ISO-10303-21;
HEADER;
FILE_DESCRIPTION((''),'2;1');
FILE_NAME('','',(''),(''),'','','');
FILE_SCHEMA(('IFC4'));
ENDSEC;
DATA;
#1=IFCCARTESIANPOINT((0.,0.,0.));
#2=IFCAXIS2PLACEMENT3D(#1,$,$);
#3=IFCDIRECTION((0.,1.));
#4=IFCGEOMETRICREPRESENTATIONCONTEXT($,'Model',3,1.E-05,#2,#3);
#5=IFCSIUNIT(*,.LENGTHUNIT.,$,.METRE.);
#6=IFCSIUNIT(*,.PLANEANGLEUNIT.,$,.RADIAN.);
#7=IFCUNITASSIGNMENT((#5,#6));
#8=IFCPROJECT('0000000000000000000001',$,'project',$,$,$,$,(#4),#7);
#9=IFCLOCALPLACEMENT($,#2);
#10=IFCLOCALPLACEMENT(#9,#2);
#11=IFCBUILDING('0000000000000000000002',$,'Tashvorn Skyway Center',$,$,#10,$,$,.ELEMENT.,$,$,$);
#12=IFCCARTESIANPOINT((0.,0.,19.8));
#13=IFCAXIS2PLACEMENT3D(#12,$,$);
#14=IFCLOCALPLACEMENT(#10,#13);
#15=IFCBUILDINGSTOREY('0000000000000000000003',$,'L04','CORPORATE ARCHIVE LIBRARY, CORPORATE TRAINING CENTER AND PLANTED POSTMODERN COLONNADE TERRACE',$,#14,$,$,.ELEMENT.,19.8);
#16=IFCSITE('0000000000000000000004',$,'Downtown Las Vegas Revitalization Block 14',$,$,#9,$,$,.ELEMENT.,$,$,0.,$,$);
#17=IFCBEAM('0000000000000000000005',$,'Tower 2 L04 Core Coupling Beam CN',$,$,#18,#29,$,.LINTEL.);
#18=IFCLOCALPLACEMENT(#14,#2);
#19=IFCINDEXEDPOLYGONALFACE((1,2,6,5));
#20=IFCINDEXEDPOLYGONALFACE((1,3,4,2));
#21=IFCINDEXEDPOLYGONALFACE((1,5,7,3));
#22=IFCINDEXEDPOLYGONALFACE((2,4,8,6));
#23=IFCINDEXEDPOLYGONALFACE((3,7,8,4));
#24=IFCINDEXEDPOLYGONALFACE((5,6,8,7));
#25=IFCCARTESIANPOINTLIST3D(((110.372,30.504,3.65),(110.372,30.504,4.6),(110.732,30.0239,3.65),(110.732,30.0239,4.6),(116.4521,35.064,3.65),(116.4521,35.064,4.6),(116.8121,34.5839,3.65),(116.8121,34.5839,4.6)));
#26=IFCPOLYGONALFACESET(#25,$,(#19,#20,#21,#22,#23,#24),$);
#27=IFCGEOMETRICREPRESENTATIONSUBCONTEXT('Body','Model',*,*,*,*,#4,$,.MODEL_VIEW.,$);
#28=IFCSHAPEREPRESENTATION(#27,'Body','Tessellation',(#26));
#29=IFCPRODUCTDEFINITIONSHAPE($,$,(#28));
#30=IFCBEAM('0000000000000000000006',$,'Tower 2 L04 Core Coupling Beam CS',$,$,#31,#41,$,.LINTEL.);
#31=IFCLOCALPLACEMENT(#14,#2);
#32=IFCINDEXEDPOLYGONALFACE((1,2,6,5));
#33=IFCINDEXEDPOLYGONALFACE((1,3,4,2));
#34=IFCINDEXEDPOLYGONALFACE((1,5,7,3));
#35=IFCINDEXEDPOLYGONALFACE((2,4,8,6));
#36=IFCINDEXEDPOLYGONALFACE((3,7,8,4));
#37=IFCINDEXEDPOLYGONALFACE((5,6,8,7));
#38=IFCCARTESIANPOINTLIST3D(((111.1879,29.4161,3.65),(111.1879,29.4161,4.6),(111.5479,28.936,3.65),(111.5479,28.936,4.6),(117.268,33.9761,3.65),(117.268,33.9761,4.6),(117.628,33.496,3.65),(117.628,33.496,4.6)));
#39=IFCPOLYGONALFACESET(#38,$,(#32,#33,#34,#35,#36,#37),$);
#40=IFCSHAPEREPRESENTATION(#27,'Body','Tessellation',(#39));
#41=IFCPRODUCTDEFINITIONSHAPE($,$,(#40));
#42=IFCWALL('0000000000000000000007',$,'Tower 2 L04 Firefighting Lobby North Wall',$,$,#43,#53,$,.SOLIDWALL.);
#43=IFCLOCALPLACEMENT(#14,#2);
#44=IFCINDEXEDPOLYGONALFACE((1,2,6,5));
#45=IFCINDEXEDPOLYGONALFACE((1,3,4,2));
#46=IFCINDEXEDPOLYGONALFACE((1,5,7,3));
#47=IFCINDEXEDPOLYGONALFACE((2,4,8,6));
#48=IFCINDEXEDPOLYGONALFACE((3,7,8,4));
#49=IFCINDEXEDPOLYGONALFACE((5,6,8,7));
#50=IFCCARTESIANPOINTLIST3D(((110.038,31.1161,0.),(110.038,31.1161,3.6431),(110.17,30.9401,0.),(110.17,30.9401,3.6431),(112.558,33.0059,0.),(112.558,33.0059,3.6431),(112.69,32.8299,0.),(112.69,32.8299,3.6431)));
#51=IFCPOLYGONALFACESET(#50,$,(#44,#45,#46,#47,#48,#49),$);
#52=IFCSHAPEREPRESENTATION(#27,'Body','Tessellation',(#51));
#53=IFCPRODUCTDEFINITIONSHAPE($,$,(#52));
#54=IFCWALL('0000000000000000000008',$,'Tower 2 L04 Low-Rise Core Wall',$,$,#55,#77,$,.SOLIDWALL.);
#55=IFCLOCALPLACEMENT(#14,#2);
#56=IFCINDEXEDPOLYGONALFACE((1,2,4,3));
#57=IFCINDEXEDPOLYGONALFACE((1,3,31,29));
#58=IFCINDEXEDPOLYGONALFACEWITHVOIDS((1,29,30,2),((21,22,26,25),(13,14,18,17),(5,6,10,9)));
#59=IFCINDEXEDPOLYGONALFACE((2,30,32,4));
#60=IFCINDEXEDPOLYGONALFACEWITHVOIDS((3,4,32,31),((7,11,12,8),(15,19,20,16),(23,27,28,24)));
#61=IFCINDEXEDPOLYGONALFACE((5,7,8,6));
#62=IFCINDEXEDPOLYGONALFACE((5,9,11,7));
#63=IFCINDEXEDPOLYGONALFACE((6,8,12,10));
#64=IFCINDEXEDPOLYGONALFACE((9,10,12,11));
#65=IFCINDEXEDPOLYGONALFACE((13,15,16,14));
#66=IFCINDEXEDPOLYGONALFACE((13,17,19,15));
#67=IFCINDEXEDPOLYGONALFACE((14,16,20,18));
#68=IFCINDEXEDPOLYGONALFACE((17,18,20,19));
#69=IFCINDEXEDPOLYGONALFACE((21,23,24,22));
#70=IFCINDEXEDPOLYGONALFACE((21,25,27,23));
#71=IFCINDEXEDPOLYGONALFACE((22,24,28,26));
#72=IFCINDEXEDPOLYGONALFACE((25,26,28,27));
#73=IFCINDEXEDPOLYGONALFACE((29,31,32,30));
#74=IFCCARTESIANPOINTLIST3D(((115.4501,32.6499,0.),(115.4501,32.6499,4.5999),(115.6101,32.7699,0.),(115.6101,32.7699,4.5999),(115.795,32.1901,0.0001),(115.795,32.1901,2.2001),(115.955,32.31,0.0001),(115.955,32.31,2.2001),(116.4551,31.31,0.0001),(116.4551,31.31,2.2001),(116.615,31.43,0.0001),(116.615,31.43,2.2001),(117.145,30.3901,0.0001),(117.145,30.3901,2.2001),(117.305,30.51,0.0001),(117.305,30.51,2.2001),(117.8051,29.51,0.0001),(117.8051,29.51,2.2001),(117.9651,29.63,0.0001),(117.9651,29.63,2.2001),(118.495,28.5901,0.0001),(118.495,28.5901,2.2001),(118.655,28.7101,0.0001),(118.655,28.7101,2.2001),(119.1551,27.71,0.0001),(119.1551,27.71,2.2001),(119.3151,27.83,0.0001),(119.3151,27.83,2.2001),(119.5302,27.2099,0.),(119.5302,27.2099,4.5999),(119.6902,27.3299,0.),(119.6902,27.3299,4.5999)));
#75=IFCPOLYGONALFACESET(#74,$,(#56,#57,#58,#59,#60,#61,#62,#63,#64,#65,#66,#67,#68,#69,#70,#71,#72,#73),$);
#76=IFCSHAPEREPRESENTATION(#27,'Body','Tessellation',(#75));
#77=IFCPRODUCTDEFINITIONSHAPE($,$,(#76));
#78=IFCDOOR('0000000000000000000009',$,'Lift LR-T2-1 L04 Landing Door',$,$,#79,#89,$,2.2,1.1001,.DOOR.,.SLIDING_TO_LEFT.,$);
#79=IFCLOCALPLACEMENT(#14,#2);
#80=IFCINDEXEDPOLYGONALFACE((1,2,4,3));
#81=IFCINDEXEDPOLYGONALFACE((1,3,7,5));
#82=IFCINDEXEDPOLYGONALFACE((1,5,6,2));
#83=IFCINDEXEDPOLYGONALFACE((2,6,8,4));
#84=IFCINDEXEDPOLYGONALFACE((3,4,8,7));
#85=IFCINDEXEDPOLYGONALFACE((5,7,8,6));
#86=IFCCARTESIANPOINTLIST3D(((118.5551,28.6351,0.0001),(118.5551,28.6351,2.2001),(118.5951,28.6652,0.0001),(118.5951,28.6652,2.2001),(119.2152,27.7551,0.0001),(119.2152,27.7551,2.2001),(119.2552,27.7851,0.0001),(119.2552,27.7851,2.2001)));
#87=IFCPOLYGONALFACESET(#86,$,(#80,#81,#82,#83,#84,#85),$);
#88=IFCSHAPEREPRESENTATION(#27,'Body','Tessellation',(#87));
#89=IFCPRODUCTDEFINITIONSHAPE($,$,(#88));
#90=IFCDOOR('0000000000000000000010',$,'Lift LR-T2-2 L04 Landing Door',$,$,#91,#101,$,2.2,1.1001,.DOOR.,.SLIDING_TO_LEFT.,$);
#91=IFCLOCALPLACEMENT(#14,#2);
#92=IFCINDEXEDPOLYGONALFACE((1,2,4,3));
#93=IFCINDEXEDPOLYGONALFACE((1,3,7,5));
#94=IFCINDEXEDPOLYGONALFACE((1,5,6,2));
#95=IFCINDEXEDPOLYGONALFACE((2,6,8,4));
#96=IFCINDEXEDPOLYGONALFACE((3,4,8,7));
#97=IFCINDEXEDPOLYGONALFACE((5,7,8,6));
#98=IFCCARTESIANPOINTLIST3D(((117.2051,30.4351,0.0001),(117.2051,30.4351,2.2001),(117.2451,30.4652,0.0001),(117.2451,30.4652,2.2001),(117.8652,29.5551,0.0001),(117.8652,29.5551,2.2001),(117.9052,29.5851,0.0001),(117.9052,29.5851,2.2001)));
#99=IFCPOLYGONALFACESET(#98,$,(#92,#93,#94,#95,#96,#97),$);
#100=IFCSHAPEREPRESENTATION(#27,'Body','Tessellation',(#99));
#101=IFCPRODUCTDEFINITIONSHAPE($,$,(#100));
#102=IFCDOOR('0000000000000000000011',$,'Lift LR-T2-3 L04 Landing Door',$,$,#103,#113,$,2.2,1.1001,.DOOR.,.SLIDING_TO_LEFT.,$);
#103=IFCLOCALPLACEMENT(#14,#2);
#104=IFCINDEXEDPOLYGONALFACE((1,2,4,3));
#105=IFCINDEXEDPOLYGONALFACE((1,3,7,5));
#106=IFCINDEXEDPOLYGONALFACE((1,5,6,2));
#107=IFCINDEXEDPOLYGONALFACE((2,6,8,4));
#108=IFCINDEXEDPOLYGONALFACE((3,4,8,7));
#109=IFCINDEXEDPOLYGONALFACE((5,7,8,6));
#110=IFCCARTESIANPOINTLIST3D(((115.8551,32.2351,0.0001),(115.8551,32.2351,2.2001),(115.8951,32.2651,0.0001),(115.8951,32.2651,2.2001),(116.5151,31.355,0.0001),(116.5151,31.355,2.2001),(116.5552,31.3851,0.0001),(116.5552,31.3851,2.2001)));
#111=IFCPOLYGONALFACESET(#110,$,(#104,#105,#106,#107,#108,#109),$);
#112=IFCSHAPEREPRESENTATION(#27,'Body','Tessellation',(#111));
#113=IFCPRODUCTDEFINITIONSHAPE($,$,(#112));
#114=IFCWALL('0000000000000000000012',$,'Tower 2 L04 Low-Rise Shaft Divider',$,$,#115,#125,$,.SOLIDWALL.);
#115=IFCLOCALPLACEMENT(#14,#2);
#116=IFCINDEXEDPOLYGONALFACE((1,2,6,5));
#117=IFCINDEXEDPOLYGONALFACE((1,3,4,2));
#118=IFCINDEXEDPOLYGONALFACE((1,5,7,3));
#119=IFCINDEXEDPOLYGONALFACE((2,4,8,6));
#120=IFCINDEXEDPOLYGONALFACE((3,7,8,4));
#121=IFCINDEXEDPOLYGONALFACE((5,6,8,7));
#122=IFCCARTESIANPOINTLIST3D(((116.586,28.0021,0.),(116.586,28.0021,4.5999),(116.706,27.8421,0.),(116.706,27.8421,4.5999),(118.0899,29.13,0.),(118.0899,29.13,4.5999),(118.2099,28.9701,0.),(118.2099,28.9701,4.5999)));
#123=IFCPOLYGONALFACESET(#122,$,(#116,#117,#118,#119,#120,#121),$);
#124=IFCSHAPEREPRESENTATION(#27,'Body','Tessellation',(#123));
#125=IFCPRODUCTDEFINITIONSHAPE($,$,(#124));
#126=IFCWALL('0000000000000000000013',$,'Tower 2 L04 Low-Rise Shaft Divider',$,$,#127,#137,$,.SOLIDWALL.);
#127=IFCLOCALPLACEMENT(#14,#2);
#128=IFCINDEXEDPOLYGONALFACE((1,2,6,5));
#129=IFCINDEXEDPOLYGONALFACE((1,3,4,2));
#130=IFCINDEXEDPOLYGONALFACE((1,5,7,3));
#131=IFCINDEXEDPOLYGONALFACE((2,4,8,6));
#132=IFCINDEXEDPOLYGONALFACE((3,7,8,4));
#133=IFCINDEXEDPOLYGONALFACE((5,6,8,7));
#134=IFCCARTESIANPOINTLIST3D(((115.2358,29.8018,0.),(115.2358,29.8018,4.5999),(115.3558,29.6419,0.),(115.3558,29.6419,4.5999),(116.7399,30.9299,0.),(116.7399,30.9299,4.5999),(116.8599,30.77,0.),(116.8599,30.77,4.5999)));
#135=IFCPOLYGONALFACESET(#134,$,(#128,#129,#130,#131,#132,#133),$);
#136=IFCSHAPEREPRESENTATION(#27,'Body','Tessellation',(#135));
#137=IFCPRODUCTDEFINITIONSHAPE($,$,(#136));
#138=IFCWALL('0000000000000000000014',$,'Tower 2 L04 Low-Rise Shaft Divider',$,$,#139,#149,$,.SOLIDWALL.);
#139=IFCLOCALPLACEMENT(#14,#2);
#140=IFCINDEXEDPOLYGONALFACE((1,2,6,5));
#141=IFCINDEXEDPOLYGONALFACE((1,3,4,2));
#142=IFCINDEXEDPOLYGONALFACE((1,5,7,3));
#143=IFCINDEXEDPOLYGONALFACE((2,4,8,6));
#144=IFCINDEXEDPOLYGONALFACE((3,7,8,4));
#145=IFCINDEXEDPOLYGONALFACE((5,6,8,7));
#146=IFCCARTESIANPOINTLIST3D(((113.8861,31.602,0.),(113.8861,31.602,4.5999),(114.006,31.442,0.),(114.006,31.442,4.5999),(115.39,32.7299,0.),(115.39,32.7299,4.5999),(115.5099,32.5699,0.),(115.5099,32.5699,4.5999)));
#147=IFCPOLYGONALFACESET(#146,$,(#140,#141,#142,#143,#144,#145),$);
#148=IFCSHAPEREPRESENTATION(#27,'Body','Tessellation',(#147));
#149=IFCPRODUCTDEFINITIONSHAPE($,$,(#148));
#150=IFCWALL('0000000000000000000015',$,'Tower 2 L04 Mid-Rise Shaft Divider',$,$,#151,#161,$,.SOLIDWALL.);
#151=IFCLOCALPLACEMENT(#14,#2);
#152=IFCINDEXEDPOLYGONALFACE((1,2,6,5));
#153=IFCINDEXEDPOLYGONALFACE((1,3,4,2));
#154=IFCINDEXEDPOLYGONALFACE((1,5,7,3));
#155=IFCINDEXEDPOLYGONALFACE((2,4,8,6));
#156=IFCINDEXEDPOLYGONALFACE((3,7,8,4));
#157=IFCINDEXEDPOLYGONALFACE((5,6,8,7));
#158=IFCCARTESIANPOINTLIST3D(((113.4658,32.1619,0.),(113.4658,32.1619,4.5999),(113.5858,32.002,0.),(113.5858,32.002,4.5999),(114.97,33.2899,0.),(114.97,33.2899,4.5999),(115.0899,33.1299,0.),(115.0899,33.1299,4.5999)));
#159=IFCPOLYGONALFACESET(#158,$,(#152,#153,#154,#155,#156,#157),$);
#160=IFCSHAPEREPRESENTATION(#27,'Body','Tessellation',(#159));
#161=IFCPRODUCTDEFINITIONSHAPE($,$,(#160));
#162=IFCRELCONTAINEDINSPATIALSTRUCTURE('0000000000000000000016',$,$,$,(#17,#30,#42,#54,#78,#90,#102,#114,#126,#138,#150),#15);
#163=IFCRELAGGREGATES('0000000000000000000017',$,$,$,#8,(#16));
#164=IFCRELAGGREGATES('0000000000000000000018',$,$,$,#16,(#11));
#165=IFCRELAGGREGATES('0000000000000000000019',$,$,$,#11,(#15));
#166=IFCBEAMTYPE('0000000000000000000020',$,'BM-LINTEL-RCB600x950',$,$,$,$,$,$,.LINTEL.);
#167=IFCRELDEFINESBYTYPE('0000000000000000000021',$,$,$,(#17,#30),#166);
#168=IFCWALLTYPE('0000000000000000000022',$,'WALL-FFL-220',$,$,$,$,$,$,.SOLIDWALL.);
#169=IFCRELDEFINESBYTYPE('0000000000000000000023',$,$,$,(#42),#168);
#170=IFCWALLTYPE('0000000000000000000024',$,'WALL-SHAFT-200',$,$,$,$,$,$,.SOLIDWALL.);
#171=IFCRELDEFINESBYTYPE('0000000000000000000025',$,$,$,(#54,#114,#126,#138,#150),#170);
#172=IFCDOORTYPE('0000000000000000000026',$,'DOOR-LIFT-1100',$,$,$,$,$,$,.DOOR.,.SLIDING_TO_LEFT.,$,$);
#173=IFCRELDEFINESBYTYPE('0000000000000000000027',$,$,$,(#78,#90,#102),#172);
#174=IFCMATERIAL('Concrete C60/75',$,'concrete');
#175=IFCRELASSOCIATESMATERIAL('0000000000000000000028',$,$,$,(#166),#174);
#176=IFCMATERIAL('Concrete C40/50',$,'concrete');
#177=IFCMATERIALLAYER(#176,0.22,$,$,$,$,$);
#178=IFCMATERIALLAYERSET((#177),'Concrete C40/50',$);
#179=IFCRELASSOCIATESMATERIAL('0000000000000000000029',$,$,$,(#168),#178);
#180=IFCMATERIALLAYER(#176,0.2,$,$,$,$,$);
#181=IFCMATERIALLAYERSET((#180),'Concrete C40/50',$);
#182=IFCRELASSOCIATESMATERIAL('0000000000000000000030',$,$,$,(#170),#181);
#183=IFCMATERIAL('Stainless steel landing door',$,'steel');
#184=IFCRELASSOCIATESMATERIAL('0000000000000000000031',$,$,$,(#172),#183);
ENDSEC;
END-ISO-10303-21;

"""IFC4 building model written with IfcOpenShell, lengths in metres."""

from ifc_helpers import new_model, si_unit, direction, frame, frame_2d, origin, origin_2d, place, context, subcontext, project, spatial, rectangle, extrude, material, layer, layer_set, material_profile, profile_set, type_object, element, fill, save


model = new_model("IFC4")

# Units and contexts
model_context = context("Model", 3, precision=1e-05, world=origin(), true_north=direction((0.0, 1.0)))
body_context = subcontext(model_context, "Body", "Model", "MODEL_VIEW")
ifc_project = project(units=[si_unit("LENGTHUNIT", "METRE"), si_unit("PLANEANGLEUNIT", "RADIAN")], contexts=[model_context])

# Site, building, storey
site_placement = place(None, origin())
site = spatial("IfcSite", under=ifc_project, at=site_placement, Name="Downtown Las Vegas Revitalization Block 14", CompositionType="ELEMENT", RefElevation=0.0)
building_placement = place(site_placement, origin())
building = spatial("IfcBuilding", under=site, at=building_placement, Name="Tashvorn Skyway Center", CompositionType="ELEMENT")
storey_placement = place(building_placement, frame((0.0, 0.0, 19.8)))
storey = spatial("IfcBuildingStorey", under=building, at=storey_placement, Name="L04", Description="CORPORATE ARCHIVE LIBRARY, CORPORATE TRAINING CENTER AND PLANTED POSTMODERN COLONNADE TERRACE", CompositionType="ELEMENT", Elevation=19.8)

# Beams
ifc_material_1 = material(Name="Concrete C60/75", Category="concrete")
ifc_material_profile = material_profile(ifc_material_1, rectangle(XDim=0.6001, YDim=0.95, at=origin_2d()), Name="RCB600x950")
ifc_profile_set = profile_set([ifc_material_profile], Name="Concrete C60/75")
beam_type = type_object("IfcBeamType", Name="BM-LINTEL-RCB600x950", PredefinedType="LINTEL", material=ifc_profile_set)
for number, where, z_axis, x_axis, name in (
    (1, (110.552, 30.2639, 4.125), (0.8, 0.6, 0.0), (-0.6, 0.8, 0.0), "Tower 2 L04 Core Coupling Beam CN"),
    (2, (111.3679, 29.176, 4.125), (0.8, 0.6, 0.0), (-0.6, 0.8, 0.0), "Tower 2 L04 Core Coupling Beam CS"),
):
    element("IfcBeam", number, at=place(storey_placement, frame(where, z_axis=z_axis, x_axis=x_axis)), inside=storey, type_object=beam_type, Name=name, PredefinedType="LINTEL", context=body_context, shape_type="SweptSolid", body=[
        extrude(rectangle(XDim=0.6001, YDim=0.95, at=origin_2d()), origin(), (0.0, 0.0, 1.0), 7.6001),
    ])

# Wall
ifc_material_2 = material(Name="Concrete C40/50", Category="concrete")
ifc_layer_1 = layer(ifc_material_2, 0.22)
ifc_layer_set_1 = layer_set([ifc_layer_1], Name="Concrete C40/50")
wall_type_1 = type_object("IfcWallType", Name="WALL-FFL-220", PredefinedType="SOLIDWALL", material=ifc_layer_set_1)
wall_1_placement = place(storey_placement, frame((110.104, 31.0281, 0.0), z_axis=(0.0, 0.0, 1.0), x_axis=(0.800019, 0.599975, 0.0)))
element("IfcWall", 3, at=wall_1_placement, inside=storey, type_object=wall_type_1, Name="Tower 2 L04 Firefighting Lobby North Wall", PredefinedType="SOLIDWALL", context=body_context, shape_type="SweptSolid", body=[
    extrude(rectangle(XDim=3.1499, YDim=0.22, at=frame_2d((1.575, 0.0))), origin(), (0.0, 0.0, 1.0), 3.6431),
])

# Wall, openings, doors
ifc_layer_2 = layer(ifc_material_2, 0.2)
ifc_layer_set_2 = layer_set([ifc_layer_2], Name="Concrete C40/50")
wall_type_2 = type_object("IfcWallType", Name="WALL-SHAFT-200", PredefinedType="SOLIDWALL", material=ifc_layer_set_2)
wall_2_placement = place(storey_placement, frame((119.6101, 27.27, 0.0), z_axis=(0.0, 0.0, 1.0), x_axis=(-0.600011, 0.799991, 0.0)))
wall_2 = element("IfcWall", 4, at=wall_2_placement, inside=storey, type_object=wall_type_2, Name="Tower 2 L04 Low-Rise Core Wall", PredefinedType="SOLIDWALL", context=body_context, shape_type="SweptSolid", body=[
    extrude(rectangle(XDim=6.8, YDim=0.2, at=frame_2d((3.3999, 0.0))), origin(), (0.0, 0.0, 1.0), 4.5999),
])
opening_1_placement = place(wall_2_placement, frame((0.625, 0.0, 0.0)))
opening_1 = element("IfcOpeningElement", 5, at=opening_1_placement, cuts=wall_2, PredefinedType="OPENING", context=body_context, shape_type="SweptSolid", body=[
    extrude(rectangle(XDim=1.1001, YDim=2.2, at=frame_2d((0.55, 1.1001))), frame((0.0, 0.1099, 0.0), z_axis=(0.0, -1.0, 0.0), x_axis=(1.0, 0.0, 0.0)), (0.0, 0.0, 1.0), 0.22),
])
opening_2_placement = place(wall_2_placement, frame((2.875, 0.0, 0.0)))
opening_2 = element("IfcOpeningElement", 6, at=opening_2_placement, cuts=wall_2, PredefinedType="OPENING", context=body_context, shape_type="SweptSolid", body=[
    extrude(rectangle(XDim=1.1001, YDim=2.2, at=frame_2d((0.55, 1.1001))), frame((0.0, 0.1099, 0.0), z_axis=(0.0, -1.0, 0.0), x_axis=(1.0, 0.0, 0.0)), (0.0, 0.0, 1.0), 0.22),
])
opening_3_placement = place(wall_2_placement, frame((5.125, 0.0, 0.0)))
opening_3 = element("IfcOpeningElement", 7, at=opening_3_placement, cuts=wall_2, PredefinedType="OPENING", context=body_context, shape_type="SweptSolid", body=[
    extrude(rectangle(XDim=1.1001, YDim=2.2, at=frame_2d((0.55, 1.1001))), frame((0.0, 0.1099, 0.0), z_axis=(0.0, -1.0, 0.0), x_axis=(1.0, 0.0, 0.0)), (0.0, 0.0, 1.0), 0.22),
])
ifc_material_3 = material(Name="Stainless steel landing door", Category="steel")
door_type_1 = type_object("IfcDoorType", Name="DOOR-LIFT-1100", OperationType="SLIDING_TO_LEFT", PredefinedType="DOOR", material=ifc_material_3)
door_1_placement = place(opening_1_placement, origin())
door_1 = element("IfcDoor", 8, at=door_1_placement, inside=storey, type_object=door_type_1, Name="Lift LR-T2-1 L04 Landing Door", OperationType="SLIDING_TO_LEFT", OverallHeight=2.2, OverallWidth=1.1001, PredefinedType="DOOR", context=body_context, shape_type="SweptSolid", body=[
    extrude(rectangle(XDim=1.1001, YDim=2.2, at=frame_2d((0.55, 1.1001))), frame((0.0, 0.0249, 0.0), z_axis=(0.0, -1.0, 0.0), x_axis=(1.0, 0.0, 0.0)), (0.0, 0.0, 1.0), 0.05),
])
fill(opening_1, door_1)
door_2_placement = place(opening_2_placement, origin())
door_2 = element("IfcDoor", 9, at=door_2_placement, inside=storey, type_object=door_type_1, Name="Lift LR-T2-2 L04 Landing Door", OperationType="SLIDING_TO_LEFT", OverallHeight=2.2, OverallWidth=1.1001, PredefinedType="DOOR", context=body_context, shape_type="SweptSolid", body=[
    extrude(rectangle(XDim=1.1001, YDim=2.2, at=frame_2d((0.55, 1.1001))), frame((0.0, 0.0249, 0.0), z_axis=(0.0, -1.0, 0.0), x_axis=(1.0, 0.0, 0.0)), (0.0, 0.0, 1.0), 0.05),
])
fill(opening_2, door_2)
door_3_placement = place(opening_3_placement, origin())
door_3 = element("IfcDoor", 10, at=door_3_placement, inside=storey, type_object=door_type_1, Name="Lift LR-T2-3 L04 Landing Door", OperationType="SLIDING_TO_LEFT", OverallHeight=2.2, OverallWidth=1.1001, PredefinedType="DOOR", context=body_context, shape_type="SweptSolid", body=[
    extrude(rectangle(XDim=1.1001, YDim=2.2, at=frame_2d((0.55, 1.1001))), frame((0.0, 0.0249, 0.0), z_axis=(0.0, -1.0, 0.0), x_axis=(1.0, 0.0, 0.0)), (0.0, 0.0, 1.0), 0.05),
])
fill(opening_3, door_3)

# Walls
wall_3_placement = place(storey_placement, frame((116.646, 27.9221, 0.0), z_axis=(0.0, 0.0, 1.0), x_axis=(0.8, 0.6, 0.0)))
element("IfcWall", 11, at=wall_3_placement, inside=storey, type_object=wall_type_2, Name="Tower 2 L04 Low-Rise Shaft Divider", PredefinedType="SOLIDWALL", context=body_context, shape_type="SweptSolid", body=[
    extrude(rectangle(XDim=1.8799, YDim=0.2, at=frame_2d((0.9399, 0.0))), origin(), (0.0, 0.0, 1.0), 4.5999),
])
wall_4_placement = place(storey_placement, frame((115.2959, 29.7219, 0.0), z_axis=(0.0, 0.0, 1.0), x_axis=(0.799984, 0.600021, 0.0)))
element("IfcWall", 12, at=wall_4_placement, inside=storey, type_object=wall_type_2, Name="Tower 2 L04 Low-Rise Shaft Divider", PredefinedType="SOLIDWALL", context=body_context, shape_type="SweptSolid", body=[
    extrude(rectangle(XDim=1.8801, YDim=0.2, at=frame_2d((0.9399, 0.0))), origin(), (0.0, 0.0, 1.0), 4.5999),
])
wall_5_placement = place(storey_placement, frame((113.946, 31.522, 0.0), z_axis=(0.0, 0.0, 1.0), x_axis=(0.8, 0.6, 0.0)))
element("IfcWall", 13, at=wall_5_placement, inside=storey, type_object=wall_type_2, Name="Tower 2 L04 Low-Rise Shaft Divider", PredefinedType="SOLIDWALL", context=body_context, shape_type="SweptSolid", body=[
    extrude(rectangle(XDim=1.8799, YDim=0.2, at=frame_2d((0.9399, 0.0))), origin(), (0.0, 0.0, 1.0), 4.5999),
])
wall_6_placement = place(storey_placement, frame((113.5259, 32.082, 0.0), z_axis=(0.0, 0.0, 1.0), x_axis=(0.800047, 0.599938, 0.0)))
element("IfcWall", 14, at=wall_6_placement, inside=storey, type_object=wall_type_2, Name="Tower 2 L04 Mid-Rise Shaft Divider", PredefinedType="SOLIDWALL", context=body_context, shape_type="SweptSolid", body=[
    extrude(rectangle(XDim=1.8801, YDim=0.2, at=frame_2d((0.9399, 0.0))), origin(), (0.0, 0.0, 1.0), 4.5999),
])

save(model, "model.ifc")
